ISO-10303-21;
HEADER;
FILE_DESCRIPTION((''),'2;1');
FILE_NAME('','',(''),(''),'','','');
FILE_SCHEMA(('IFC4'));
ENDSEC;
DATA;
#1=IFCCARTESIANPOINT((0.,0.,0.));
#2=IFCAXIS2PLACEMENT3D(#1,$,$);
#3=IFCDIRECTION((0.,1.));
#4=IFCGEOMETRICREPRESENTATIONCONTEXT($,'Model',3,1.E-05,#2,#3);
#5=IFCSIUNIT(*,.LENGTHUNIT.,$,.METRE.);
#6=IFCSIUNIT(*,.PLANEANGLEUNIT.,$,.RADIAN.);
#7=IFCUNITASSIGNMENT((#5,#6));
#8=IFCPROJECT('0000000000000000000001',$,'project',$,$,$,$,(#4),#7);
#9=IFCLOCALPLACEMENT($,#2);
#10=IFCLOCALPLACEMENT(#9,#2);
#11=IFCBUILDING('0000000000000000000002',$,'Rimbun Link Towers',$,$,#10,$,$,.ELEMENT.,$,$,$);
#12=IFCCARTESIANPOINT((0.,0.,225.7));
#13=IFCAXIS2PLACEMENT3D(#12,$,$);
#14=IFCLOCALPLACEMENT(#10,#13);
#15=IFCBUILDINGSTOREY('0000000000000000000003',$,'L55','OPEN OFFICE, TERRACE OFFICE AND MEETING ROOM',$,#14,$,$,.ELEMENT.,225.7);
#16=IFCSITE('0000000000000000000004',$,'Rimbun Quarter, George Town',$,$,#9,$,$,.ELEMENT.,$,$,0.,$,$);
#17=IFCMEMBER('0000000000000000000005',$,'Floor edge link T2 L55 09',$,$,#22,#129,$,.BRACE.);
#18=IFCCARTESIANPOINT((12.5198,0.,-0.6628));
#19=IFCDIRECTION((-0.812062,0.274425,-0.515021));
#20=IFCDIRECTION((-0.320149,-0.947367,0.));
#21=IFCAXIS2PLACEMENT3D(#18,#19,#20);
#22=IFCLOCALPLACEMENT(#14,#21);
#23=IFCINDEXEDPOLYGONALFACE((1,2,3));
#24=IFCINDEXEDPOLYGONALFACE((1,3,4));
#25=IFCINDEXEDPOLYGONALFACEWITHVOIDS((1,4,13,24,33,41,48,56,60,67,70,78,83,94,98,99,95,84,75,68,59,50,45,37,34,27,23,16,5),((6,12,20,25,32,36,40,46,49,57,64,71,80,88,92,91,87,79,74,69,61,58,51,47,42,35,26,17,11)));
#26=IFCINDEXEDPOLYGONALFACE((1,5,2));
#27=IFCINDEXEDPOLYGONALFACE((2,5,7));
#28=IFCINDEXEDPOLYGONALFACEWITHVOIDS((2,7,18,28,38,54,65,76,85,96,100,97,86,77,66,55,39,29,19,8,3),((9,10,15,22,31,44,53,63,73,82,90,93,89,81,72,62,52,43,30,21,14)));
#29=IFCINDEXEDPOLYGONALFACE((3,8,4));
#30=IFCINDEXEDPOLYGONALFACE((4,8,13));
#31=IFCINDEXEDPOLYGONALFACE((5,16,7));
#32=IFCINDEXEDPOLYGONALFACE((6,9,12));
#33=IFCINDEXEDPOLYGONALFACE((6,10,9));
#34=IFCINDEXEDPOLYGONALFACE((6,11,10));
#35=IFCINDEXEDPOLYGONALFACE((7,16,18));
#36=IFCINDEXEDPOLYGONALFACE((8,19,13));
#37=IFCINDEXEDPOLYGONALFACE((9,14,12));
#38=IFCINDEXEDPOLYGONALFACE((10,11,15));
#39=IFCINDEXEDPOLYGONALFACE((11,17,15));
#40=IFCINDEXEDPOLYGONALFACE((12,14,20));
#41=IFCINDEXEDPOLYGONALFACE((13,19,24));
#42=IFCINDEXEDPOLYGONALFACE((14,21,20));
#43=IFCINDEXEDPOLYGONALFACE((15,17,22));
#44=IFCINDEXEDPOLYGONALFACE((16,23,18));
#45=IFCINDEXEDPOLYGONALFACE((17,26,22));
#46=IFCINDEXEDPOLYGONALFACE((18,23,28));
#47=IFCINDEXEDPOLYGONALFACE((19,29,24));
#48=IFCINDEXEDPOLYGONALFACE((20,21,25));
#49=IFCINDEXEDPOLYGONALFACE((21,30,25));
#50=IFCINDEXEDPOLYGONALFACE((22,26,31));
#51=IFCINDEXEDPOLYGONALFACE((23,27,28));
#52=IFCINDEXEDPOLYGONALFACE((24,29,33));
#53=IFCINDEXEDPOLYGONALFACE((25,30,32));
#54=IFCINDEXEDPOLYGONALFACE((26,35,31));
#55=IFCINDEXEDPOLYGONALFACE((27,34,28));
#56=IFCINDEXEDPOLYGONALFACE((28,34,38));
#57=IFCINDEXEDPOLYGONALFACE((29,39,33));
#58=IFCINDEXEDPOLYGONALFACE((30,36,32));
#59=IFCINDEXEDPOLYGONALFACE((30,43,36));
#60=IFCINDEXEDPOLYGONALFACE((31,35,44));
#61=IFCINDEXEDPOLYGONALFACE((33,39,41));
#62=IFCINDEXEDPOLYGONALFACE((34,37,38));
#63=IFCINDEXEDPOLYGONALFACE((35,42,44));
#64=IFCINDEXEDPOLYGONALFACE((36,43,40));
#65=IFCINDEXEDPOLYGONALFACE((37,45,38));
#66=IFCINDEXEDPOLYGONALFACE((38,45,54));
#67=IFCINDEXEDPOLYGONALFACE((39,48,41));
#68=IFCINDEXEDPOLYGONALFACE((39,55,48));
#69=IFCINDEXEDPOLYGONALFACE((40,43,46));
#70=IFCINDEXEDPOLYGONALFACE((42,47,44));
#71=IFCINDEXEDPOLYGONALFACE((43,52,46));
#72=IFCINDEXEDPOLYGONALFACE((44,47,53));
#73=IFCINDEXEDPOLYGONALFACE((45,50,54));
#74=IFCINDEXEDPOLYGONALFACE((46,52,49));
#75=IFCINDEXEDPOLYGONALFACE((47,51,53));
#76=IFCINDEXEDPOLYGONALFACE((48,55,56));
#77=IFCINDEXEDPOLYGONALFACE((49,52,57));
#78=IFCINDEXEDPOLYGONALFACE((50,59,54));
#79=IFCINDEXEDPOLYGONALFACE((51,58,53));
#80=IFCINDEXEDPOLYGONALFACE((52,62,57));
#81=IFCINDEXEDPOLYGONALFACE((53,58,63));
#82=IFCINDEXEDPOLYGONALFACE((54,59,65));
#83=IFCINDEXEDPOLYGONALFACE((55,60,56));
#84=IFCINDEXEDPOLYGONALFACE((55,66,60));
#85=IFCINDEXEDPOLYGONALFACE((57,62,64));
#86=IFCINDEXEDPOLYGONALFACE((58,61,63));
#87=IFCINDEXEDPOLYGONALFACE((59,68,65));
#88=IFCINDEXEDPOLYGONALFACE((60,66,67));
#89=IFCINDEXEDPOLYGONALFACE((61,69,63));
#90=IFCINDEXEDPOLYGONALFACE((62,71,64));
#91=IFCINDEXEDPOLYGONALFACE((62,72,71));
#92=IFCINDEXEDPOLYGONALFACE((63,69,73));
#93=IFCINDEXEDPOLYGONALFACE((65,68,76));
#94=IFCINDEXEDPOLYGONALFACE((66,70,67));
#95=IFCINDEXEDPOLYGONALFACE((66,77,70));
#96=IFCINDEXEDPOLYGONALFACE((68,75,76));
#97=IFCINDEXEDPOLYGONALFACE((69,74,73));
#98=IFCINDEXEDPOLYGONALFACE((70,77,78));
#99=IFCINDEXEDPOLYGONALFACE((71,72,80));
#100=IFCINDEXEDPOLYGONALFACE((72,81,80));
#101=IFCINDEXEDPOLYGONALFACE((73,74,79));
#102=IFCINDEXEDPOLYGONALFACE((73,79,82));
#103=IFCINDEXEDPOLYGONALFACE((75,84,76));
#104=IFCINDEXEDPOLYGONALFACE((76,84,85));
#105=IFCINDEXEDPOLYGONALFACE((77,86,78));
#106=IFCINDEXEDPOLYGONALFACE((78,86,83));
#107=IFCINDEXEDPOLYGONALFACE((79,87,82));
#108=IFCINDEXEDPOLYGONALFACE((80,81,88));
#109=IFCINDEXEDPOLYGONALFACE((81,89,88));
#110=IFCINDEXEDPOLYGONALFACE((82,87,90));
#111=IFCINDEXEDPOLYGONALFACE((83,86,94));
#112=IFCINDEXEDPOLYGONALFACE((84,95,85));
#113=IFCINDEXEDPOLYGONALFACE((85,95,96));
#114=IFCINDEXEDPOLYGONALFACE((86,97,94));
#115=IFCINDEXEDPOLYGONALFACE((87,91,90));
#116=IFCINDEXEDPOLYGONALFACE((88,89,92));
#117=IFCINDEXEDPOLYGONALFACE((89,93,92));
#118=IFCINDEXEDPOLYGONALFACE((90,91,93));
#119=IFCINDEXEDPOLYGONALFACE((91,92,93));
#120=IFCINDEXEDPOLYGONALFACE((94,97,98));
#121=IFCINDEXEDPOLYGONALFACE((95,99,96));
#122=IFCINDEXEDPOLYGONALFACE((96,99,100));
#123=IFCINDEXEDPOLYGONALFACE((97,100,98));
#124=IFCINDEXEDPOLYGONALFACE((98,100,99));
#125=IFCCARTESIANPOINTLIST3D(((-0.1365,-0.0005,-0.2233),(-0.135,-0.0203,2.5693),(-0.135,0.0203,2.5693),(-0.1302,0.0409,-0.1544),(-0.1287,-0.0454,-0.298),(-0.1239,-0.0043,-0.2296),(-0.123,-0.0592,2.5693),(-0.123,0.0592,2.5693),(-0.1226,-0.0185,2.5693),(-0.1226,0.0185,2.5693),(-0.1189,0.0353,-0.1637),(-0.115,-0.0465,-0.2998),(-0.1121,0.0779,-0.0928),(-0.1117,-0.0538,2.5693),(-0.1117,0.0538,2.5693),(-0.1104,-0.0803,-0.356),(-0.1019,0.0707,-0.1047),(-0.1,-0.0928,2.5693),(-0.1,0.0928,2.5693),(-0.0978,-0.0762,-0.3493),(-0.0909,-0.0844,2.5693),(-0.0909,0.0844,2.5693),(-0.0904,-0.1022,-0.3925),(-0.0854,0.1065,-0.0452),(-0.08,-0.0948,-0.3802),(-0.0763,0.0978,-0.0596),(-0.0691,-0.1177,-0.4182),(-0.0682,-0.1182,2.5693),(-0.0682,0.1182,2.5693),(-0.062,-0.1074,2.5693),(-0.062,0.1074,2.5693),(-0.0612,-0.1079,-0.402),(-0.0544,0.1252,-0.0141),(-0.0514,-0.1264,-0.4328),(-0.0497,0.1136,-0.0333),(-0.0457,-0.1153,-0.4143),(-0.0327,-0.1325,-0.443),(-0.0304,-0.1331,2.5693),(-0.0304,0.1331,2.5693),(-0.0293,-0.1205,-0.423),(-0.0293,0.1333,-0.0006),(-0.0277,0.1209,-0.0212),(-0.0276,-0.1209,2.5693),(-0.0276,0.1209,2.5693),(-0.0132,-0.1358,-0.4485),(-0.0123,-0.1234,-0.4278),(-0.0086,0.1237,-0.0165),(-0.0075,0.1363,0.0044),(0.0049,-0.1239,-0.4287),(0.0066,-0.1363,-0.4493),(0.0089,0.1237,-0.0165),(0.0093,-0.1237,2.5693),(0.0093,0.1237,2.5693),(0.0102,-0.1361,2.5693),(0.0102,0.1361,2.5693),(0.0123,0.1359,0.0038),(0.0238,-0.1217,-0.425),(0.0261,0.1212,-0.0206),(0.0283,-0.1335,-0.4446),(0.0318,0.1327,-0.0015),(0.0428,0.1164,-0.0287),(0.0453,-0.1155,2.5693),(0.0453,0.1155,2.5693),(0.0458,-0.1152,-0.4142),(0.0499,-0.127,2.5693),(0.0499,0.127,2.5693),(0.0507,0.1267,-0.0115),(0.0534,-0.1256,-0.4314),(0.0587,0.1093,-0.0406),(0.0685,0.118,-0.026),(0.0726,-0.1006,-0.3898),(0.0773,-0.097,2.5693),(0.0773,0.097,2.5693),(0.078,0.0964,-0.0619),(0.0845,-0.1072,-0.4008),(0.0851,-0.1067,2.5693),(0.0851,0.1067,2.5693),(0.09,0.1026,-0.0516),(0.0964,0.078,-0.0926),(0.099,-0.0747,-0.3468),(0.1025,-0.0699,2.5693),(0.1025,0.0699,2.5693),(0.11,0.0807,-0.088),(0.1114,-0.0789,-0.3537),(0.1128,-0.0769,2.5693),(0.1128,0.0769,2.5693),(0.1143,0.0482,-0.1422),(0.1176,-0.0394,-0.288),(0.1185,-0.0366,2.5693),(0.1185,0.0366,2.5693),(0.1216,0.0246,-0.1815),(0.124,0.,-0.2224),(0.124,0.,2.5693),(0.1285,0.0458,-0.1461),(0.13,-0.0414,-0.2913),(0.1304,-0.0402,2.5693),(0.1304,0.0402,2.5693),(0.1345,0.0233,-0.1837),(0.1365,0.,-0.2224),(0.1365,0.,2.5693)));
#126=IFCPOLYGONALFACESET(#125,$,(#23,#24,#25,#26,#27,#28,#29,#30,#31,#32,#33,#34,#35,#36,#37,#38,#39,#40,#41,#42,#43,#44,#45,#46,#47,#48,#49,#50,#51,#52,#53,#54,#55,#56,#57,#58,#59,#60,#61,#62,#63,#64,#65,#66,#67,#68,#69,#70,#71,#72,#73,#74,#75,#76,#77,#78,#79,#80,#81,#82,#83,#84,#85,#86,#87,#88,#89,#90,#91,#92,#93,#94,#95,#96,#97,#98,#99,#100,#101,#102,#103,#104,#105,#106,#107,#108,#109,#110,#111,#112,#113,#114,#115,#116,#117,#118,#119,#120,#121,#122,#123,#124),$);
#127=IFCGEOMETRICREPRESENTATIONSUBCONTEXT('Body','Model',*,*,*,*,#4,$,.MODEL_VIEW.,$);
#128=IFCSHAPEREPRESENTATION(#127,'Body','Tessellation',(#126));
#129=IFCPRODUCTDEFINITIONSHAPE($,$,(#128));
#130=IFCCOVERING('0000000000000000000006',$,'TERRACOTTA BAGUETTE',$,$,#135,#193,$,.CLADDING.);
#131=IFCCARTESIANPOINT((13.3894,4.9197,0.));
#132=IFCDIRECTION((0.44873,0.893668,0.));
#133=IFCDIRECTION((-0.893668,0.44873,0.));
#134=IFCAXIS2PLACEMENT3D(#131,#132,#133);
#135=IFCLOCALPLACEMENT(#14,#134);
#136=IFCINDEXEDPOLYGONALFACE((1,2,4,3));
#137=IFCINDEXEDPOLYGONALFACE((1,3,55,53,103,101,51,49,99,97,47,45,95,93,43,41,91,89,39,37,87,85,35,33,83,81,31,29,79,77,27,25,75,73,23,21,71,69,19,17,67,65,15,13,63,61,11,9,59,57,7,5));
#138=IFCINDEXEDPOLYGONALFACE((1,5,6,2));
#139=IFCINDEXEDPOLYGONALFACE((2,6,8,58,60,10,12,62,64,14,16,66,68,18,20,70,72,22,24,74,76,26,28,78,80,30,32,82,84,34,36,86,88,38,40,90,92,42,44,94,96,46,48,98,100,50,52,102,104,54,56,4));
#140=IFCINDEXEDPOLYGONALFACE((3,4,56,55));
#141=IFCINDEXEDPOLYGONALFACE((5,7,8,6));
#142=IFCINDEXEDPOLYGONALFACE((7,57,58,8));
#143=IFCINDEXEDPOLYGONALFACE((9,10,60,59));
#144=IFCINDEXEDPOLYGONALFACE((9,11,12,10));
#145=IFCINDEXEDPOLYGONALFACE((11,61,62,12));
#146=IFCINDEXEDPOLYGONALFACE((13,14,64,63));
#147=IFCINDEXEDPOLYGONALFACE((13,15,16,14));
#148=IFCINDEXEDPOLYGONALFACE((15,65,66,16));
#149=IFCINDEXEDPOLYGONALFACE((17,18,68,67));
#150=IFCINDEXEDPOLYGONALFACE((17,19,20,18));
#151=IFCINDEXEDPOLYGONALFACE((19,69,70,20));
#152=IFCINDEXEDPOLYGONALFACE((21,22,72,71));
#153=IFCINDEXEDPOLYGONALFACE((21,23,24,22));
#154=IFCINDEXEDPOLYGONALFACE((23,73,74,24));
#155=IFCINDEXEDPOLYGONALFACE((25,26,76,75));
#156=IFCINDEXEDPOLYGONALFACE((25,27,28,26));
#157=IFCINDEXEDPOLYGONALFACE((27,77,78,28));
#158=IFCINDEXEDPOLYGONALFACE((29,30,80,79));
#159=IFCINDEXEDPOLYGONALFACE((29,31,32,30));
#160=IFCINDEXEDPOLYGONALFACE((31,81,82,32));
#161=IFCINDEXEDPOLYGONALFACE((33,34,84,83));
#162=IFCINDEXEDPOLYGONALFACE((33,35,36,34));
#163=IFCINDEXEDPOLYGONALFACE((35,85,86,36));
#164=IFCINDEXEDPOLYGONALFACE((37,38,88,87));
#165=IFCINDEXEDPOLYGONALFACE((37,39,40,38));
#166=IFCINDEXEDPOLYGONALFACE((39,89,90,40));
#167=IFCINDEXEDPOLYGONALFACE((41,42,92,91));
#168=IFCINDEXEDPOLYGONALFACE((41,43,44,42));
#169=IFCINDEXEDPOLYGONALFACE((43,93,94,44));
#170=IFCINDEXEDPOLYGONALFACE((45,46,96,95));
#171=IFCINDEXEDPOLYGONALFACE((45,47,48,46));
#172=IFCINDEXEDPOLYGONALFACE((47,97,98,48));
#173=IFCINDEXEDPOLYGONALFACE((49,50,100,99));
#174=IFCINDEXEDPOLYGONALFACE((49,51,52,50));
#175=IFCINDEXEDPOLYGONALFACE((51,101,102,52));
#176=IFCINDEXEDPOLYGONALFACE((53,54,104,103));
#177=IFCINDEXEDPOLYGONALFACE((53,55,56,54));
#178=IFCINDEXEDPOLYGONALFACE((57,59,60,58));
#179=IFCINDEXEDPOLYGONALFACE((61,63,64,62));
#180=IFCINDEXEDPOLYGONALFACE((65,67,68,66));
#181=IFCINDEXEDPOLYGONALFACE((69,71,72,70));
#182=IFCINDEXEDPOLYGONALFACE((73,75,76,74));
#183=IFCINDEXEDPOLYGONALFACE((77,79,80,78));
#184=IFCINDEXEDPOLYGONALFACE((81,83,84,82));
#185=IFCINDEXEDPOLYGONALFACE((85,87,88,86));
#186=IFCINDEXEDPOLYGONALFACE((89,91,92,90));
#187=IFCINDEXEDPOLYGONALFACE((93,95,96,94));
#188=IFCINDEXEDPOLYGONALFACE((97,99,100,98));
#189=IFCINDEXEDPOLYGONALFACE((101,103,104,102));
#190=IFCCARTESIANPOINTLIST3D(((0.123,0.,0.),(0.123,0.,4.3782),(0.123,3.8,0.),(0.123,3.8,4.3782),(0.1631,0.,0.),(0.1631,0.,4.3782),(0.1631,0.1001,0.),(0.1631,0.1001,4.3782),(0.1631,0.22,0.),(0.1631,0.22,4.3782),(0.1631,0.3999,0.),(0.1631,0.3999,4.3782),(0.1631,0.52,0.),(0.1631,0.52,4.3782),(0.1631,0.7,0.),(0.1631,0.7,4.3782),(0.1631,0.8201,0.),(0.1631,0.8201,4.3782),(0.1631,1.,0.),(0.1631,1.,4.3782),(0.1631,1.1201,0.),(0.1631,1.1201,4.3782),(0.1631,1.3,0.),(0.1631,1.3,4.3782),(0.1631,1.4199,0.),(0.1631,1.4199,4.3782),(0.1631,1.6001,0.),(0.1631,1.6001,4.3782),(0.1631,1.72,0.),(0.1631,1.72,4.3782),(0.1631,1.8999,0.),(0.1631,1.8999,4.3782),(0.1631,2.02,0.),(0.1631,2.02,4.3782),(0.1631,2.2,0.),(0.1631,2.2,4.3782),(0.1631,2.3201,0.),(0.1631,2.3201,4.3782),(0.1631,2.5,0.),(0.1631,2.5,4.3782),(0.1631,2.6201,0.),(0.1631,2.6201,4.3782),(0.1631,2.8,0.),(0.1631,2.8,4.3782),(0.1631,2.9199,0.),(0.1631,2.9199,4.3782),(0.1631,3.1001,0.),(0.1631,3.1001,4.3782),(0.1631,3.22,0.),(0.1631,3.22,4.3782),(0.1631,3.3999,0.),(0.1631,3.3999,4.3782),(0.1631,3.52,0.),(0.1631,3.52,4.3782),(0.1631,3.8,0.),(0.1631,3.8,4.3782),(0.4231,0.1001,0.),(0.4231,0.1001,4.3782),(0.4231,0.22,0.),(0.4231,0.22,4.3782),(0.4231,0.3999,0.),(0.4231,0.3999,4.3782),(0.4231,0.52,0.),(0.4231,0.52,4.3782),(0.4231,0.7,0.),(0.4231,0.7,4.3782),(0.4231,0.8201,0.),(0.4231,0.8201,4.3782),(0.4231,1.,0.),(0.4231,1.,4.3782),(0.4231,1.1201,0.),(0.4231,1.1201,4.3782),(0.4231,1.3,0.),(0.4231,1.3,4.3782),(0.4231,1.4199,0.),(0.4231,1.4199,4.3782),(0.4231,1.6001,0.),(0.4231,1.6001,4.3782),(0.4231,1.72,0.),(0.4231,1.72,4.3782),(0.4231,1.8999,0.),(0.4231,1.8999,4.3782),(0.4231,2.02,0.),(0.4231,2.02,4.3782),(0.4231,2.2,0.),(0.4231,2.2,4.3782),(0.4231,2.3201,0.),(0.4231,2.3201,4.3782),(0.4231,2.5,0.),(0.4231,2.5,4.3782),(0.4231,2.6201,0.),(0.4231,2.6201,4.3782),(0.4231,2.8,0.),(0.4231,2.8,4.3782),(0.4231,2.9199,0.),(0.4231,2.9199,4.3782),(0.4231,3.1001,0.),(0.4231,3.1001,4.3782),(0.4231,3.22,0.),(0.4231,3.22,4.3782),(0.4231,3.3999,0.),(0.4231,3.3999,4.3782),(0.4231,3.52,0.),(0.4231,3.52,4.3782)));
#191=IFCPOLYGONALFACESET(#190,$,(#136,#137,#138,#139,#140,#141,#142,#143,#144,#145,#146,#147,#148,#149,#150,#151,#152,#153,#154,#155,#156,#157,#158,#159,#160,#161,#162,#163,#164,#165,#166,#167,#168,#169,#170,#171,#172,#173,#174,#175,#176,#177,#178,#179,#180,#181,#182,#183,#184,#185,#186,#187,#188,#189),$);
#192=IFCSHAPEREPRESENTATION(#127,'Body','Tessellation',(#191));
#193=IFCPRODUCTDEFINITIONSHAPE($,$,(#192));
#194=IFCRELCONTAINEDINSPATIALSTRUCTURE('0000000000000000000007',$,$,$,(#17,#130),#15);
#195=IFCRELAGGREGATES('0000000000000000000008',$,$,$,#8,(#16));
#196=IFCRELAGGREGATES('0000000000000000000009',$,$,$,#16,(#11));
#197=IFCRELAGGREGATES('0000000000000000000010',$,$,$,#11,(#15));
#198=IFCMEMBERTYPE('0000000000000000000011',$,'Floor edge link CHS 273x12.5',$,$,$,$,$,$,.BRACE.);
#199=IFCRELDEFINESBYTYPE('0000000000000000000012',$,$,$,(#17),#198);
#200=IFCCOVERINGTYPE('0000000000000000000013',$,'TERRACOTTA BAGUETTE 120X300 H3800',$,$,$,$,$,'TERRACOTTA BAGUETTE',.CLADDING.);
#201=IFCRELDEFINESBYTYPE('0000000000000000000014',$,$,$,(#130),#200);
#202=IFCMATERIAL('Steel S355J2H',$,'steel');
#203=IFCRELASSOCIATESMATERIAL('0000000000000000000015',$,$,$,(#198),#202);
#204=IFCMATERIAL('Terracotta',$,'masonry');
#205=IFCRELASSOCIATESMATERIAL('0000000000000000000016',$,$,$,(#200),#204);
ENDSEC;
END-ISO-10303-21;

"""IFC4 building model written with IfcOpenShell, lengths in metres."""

from ifc_helpers import new_model, si_unit, direction, frame, origin, origin_2d, place, context, subcontext, project, spatial, polyline, hollow_circle, outline, extrude, clip, halfspace, material, material_profile, profile_set, type_object, element, save


model = new_model("IFC4")

# Units and contexts
model_context = context("Model", 3, precision=1e-05, world=origin(), true_north=direction((0.0, 1.0)))
body_context = subcontext(model_context, "Body", "Model", "MODEL_VIEW")
ifc_project = project(units=[si_unit("LENGTHUNIT", "METRE"), si_unit("PLANEANGLEUNIT", "RADIAN")], contexts=[model_context])

# Site, building, storey
site_placement = place(None, origin())
site = spatial("IfcSite", under=ifc_project, at=site_placement, Name="Rimbun Quarter, George Town", CompositionType="ELEMENT", RefElevation=0.0)
building_placement = place(site_placement, origin())
building = spatial("IfcBuilding", under=site, at=building_placement, Name="Rimbun Link Towers", CompositionType="ELEMENT")
storey_placement = place(building_placement, frame((0.0, 0.0, 225.7)))
storey = spatial("IfcBuildingStorey", under=building, at=storey_placement, Name="L55", Description="OPEN OFFICE, TERRACE OFFICE AND MEETING ROOM", CompositionType="ELEMENT", Elevation=225.7)

# Member
ifc_material_1 = material(Name="Steel S355J2H", Category="steel")
ifc_material_profile_1 = material_profile(ifc_material_1, hollow_circle(Radius=0.1365, WallThickness=0.0125, at=origin_2d()), Name="CHS 273x12.5")
ifc_profile_set_1 = profile_set([ifc_material_profile_1], Name="Steel S355J2H")
member_type_1 = type_object("IfcMemberType", Name="Floor edge link CHS 273x12.5", PredefinedType="BRACE", material=ifc_profile_set_1)
member_1_placement = place(storey_placement, frame((12.5198, 0.0, -0.6628), z_axis=(-0.812062, 0.274425, -0.515021), x_axis=(-0.320149, -0.947367, 0.0)))
element("IfcMember", 1, at=member_1_placement, inside=storey, type_object=member_type_1, Name="Floor edge link T2 L55 09", PredefinedType="BRACE", context=body_context, shape_type="Clipping", body=[
    clip(extrude(hollow_circle(Radius=0.1365, WallThickness=0.0125, at=origin_2d()), frame((0.0, 0.0, -0.4739)), (0.0, 0.0, 1.0), 3.0432), halfspace(frame((0.0, 0.0, -0.2224), z_axis=(0.0, 0.857177, -0.515021)), False)),
])

# Covering
ifc_material_2 = material(Name="Terracotta", Category="masonry")
ifc_material_profile_2 = material_profile(ifc_material_2, outline(polyline([(0.123, 0.0), (0.1631, 0.0), (0.1631, 0.1001), (0.4231, 0.1001), (0.4231, 0.22), (0.1631, 0.22), (0.1631, 0.3999), (0.4231, 0.3999), (0.4231, 0.52), (0.1631, 0.52), (0.1631, 0.7), (0.4231, 0.7), (0.4231, 0.8201), (0.1631, 0.8201), (0.1631, 1.0), (0.4231, 1.0), (0.4231, 1.1201), (0.1631, 1.1201), (0.1631, 1.3), (0.4231, 1.3), (0.4231, 1.4199), (0.1631, 1.4199), (0.1631, 1.6001), (0.4231, 1.6001), (0.4231, 1.72), (0.1631, 1.72), (0.1631, 1.8999), (0.4231, 1.8999), (0.4231, 2.02), (0.1631, 2.02), (0.1631, 2.2), (0.4231, 2.2), (0.4231, 2.3201), (0.1631, 2.3201), (0.1631, 2.5), (0.4231, 2.5), (0.4231, 2.6201), (0.1631, 2.6201), (0.1631, 2.8), (0.4231, 2.8), (0.4231, 2.9199), (0.1631, 2.9199), (0.1631, 3.1001), (0.4231, 3.1001), (0.4231, 3.22), (0.1631, 3.22), (0.1631, 3.3999), (0.4231, 3.3999), (0.4231, 3.52), (0.1631, 3.52), (0.1631, 3.8), (0.123, 3.8), (0.123, 0.0)])), Name="BAGUETTE 120X300")
ifc_profile_set_2 = profile_set([ifc_material_profile_2], Name="Terracotta")
covering_type_1 = type_object("IfcCoveringType", Name="TERRACOTTA BAGUETTE 120X300 H3800", ElementType="TERRACOTTA BAGUETTE", PredefinedType="CLADDING", material=ifc_profile_set_2)
covering_1_placement = place(storey_placement, frame((13.3894, 4.9197, 0.0), z_axis=(0.44873, 0.893668, 0.0), x_axis=(-0.893668, 0.44873, 0.0)))
element("IfcCovering", 2, at=covering_1_placement, inside=storey, type_object=covering_type_1, Name="TERRACOTTA BAGUETTE", PredefinedType="CLADDING", context=body_context, shape_type="SweptSolid", body=[
    extrude(outline(polyline([(0.123, 0.0), (0.1631, 0.0), (0.1631, 0.1001), (0.4231, 0.1001), (0.4231, 0.22), (0.1631, 0.22), (0.1631, 0.3999), (0.4231, 0.3999), (0.4231, 0.52), (0.1631, 0.52), (0.1631, 0.7), (0.4231, 0.7), (0.4231, 0.8201), (0.1631, 0.8201), (0.1631, 1.0), (0.4231, 1.0), (0.4231, 1.1201), (0.1631, 1.1201), (0.1631, 1.3), (0.4231, 1.3), (0.4231, 1.4199), (0.1631, 1.4199), (0.1631, 1.6001), (0.4231, 1.6001), (0.4231, 1.72), (0.1631, 1.72), (0.1631, 1.8999), (0.4231, 1.8999), (0.4231, 2.02), (0.1631, 2.02), (0.1631, 2.2), (0.4231, 2.2), (0.4231, 2.3201), (0.1631, 2.3201), (0.1631, 2.5), (0.4231, 2.5), (0.4231, 2.6201), (0.1631, 2.6201), (0.1631, 2.8), (0.4231, 2.8), (0.4231, 2.9199), (0.1631, 2.9199), (0.1631, 3.1001), (0.4231, 3.1001), (0.4231, 3.22), (0.1631, 3.22), (0.1631, 3.3999), (0.4231, 3.3999), (0.4231, 3.52), (0.1631, 3.52), (0.1631, 3.8), (0.123, 3.8), (0.123, 0.0)])), origin(), (0.0, 0.0, 1.0), 4.3782),
])

save(model, "model.ifc")
